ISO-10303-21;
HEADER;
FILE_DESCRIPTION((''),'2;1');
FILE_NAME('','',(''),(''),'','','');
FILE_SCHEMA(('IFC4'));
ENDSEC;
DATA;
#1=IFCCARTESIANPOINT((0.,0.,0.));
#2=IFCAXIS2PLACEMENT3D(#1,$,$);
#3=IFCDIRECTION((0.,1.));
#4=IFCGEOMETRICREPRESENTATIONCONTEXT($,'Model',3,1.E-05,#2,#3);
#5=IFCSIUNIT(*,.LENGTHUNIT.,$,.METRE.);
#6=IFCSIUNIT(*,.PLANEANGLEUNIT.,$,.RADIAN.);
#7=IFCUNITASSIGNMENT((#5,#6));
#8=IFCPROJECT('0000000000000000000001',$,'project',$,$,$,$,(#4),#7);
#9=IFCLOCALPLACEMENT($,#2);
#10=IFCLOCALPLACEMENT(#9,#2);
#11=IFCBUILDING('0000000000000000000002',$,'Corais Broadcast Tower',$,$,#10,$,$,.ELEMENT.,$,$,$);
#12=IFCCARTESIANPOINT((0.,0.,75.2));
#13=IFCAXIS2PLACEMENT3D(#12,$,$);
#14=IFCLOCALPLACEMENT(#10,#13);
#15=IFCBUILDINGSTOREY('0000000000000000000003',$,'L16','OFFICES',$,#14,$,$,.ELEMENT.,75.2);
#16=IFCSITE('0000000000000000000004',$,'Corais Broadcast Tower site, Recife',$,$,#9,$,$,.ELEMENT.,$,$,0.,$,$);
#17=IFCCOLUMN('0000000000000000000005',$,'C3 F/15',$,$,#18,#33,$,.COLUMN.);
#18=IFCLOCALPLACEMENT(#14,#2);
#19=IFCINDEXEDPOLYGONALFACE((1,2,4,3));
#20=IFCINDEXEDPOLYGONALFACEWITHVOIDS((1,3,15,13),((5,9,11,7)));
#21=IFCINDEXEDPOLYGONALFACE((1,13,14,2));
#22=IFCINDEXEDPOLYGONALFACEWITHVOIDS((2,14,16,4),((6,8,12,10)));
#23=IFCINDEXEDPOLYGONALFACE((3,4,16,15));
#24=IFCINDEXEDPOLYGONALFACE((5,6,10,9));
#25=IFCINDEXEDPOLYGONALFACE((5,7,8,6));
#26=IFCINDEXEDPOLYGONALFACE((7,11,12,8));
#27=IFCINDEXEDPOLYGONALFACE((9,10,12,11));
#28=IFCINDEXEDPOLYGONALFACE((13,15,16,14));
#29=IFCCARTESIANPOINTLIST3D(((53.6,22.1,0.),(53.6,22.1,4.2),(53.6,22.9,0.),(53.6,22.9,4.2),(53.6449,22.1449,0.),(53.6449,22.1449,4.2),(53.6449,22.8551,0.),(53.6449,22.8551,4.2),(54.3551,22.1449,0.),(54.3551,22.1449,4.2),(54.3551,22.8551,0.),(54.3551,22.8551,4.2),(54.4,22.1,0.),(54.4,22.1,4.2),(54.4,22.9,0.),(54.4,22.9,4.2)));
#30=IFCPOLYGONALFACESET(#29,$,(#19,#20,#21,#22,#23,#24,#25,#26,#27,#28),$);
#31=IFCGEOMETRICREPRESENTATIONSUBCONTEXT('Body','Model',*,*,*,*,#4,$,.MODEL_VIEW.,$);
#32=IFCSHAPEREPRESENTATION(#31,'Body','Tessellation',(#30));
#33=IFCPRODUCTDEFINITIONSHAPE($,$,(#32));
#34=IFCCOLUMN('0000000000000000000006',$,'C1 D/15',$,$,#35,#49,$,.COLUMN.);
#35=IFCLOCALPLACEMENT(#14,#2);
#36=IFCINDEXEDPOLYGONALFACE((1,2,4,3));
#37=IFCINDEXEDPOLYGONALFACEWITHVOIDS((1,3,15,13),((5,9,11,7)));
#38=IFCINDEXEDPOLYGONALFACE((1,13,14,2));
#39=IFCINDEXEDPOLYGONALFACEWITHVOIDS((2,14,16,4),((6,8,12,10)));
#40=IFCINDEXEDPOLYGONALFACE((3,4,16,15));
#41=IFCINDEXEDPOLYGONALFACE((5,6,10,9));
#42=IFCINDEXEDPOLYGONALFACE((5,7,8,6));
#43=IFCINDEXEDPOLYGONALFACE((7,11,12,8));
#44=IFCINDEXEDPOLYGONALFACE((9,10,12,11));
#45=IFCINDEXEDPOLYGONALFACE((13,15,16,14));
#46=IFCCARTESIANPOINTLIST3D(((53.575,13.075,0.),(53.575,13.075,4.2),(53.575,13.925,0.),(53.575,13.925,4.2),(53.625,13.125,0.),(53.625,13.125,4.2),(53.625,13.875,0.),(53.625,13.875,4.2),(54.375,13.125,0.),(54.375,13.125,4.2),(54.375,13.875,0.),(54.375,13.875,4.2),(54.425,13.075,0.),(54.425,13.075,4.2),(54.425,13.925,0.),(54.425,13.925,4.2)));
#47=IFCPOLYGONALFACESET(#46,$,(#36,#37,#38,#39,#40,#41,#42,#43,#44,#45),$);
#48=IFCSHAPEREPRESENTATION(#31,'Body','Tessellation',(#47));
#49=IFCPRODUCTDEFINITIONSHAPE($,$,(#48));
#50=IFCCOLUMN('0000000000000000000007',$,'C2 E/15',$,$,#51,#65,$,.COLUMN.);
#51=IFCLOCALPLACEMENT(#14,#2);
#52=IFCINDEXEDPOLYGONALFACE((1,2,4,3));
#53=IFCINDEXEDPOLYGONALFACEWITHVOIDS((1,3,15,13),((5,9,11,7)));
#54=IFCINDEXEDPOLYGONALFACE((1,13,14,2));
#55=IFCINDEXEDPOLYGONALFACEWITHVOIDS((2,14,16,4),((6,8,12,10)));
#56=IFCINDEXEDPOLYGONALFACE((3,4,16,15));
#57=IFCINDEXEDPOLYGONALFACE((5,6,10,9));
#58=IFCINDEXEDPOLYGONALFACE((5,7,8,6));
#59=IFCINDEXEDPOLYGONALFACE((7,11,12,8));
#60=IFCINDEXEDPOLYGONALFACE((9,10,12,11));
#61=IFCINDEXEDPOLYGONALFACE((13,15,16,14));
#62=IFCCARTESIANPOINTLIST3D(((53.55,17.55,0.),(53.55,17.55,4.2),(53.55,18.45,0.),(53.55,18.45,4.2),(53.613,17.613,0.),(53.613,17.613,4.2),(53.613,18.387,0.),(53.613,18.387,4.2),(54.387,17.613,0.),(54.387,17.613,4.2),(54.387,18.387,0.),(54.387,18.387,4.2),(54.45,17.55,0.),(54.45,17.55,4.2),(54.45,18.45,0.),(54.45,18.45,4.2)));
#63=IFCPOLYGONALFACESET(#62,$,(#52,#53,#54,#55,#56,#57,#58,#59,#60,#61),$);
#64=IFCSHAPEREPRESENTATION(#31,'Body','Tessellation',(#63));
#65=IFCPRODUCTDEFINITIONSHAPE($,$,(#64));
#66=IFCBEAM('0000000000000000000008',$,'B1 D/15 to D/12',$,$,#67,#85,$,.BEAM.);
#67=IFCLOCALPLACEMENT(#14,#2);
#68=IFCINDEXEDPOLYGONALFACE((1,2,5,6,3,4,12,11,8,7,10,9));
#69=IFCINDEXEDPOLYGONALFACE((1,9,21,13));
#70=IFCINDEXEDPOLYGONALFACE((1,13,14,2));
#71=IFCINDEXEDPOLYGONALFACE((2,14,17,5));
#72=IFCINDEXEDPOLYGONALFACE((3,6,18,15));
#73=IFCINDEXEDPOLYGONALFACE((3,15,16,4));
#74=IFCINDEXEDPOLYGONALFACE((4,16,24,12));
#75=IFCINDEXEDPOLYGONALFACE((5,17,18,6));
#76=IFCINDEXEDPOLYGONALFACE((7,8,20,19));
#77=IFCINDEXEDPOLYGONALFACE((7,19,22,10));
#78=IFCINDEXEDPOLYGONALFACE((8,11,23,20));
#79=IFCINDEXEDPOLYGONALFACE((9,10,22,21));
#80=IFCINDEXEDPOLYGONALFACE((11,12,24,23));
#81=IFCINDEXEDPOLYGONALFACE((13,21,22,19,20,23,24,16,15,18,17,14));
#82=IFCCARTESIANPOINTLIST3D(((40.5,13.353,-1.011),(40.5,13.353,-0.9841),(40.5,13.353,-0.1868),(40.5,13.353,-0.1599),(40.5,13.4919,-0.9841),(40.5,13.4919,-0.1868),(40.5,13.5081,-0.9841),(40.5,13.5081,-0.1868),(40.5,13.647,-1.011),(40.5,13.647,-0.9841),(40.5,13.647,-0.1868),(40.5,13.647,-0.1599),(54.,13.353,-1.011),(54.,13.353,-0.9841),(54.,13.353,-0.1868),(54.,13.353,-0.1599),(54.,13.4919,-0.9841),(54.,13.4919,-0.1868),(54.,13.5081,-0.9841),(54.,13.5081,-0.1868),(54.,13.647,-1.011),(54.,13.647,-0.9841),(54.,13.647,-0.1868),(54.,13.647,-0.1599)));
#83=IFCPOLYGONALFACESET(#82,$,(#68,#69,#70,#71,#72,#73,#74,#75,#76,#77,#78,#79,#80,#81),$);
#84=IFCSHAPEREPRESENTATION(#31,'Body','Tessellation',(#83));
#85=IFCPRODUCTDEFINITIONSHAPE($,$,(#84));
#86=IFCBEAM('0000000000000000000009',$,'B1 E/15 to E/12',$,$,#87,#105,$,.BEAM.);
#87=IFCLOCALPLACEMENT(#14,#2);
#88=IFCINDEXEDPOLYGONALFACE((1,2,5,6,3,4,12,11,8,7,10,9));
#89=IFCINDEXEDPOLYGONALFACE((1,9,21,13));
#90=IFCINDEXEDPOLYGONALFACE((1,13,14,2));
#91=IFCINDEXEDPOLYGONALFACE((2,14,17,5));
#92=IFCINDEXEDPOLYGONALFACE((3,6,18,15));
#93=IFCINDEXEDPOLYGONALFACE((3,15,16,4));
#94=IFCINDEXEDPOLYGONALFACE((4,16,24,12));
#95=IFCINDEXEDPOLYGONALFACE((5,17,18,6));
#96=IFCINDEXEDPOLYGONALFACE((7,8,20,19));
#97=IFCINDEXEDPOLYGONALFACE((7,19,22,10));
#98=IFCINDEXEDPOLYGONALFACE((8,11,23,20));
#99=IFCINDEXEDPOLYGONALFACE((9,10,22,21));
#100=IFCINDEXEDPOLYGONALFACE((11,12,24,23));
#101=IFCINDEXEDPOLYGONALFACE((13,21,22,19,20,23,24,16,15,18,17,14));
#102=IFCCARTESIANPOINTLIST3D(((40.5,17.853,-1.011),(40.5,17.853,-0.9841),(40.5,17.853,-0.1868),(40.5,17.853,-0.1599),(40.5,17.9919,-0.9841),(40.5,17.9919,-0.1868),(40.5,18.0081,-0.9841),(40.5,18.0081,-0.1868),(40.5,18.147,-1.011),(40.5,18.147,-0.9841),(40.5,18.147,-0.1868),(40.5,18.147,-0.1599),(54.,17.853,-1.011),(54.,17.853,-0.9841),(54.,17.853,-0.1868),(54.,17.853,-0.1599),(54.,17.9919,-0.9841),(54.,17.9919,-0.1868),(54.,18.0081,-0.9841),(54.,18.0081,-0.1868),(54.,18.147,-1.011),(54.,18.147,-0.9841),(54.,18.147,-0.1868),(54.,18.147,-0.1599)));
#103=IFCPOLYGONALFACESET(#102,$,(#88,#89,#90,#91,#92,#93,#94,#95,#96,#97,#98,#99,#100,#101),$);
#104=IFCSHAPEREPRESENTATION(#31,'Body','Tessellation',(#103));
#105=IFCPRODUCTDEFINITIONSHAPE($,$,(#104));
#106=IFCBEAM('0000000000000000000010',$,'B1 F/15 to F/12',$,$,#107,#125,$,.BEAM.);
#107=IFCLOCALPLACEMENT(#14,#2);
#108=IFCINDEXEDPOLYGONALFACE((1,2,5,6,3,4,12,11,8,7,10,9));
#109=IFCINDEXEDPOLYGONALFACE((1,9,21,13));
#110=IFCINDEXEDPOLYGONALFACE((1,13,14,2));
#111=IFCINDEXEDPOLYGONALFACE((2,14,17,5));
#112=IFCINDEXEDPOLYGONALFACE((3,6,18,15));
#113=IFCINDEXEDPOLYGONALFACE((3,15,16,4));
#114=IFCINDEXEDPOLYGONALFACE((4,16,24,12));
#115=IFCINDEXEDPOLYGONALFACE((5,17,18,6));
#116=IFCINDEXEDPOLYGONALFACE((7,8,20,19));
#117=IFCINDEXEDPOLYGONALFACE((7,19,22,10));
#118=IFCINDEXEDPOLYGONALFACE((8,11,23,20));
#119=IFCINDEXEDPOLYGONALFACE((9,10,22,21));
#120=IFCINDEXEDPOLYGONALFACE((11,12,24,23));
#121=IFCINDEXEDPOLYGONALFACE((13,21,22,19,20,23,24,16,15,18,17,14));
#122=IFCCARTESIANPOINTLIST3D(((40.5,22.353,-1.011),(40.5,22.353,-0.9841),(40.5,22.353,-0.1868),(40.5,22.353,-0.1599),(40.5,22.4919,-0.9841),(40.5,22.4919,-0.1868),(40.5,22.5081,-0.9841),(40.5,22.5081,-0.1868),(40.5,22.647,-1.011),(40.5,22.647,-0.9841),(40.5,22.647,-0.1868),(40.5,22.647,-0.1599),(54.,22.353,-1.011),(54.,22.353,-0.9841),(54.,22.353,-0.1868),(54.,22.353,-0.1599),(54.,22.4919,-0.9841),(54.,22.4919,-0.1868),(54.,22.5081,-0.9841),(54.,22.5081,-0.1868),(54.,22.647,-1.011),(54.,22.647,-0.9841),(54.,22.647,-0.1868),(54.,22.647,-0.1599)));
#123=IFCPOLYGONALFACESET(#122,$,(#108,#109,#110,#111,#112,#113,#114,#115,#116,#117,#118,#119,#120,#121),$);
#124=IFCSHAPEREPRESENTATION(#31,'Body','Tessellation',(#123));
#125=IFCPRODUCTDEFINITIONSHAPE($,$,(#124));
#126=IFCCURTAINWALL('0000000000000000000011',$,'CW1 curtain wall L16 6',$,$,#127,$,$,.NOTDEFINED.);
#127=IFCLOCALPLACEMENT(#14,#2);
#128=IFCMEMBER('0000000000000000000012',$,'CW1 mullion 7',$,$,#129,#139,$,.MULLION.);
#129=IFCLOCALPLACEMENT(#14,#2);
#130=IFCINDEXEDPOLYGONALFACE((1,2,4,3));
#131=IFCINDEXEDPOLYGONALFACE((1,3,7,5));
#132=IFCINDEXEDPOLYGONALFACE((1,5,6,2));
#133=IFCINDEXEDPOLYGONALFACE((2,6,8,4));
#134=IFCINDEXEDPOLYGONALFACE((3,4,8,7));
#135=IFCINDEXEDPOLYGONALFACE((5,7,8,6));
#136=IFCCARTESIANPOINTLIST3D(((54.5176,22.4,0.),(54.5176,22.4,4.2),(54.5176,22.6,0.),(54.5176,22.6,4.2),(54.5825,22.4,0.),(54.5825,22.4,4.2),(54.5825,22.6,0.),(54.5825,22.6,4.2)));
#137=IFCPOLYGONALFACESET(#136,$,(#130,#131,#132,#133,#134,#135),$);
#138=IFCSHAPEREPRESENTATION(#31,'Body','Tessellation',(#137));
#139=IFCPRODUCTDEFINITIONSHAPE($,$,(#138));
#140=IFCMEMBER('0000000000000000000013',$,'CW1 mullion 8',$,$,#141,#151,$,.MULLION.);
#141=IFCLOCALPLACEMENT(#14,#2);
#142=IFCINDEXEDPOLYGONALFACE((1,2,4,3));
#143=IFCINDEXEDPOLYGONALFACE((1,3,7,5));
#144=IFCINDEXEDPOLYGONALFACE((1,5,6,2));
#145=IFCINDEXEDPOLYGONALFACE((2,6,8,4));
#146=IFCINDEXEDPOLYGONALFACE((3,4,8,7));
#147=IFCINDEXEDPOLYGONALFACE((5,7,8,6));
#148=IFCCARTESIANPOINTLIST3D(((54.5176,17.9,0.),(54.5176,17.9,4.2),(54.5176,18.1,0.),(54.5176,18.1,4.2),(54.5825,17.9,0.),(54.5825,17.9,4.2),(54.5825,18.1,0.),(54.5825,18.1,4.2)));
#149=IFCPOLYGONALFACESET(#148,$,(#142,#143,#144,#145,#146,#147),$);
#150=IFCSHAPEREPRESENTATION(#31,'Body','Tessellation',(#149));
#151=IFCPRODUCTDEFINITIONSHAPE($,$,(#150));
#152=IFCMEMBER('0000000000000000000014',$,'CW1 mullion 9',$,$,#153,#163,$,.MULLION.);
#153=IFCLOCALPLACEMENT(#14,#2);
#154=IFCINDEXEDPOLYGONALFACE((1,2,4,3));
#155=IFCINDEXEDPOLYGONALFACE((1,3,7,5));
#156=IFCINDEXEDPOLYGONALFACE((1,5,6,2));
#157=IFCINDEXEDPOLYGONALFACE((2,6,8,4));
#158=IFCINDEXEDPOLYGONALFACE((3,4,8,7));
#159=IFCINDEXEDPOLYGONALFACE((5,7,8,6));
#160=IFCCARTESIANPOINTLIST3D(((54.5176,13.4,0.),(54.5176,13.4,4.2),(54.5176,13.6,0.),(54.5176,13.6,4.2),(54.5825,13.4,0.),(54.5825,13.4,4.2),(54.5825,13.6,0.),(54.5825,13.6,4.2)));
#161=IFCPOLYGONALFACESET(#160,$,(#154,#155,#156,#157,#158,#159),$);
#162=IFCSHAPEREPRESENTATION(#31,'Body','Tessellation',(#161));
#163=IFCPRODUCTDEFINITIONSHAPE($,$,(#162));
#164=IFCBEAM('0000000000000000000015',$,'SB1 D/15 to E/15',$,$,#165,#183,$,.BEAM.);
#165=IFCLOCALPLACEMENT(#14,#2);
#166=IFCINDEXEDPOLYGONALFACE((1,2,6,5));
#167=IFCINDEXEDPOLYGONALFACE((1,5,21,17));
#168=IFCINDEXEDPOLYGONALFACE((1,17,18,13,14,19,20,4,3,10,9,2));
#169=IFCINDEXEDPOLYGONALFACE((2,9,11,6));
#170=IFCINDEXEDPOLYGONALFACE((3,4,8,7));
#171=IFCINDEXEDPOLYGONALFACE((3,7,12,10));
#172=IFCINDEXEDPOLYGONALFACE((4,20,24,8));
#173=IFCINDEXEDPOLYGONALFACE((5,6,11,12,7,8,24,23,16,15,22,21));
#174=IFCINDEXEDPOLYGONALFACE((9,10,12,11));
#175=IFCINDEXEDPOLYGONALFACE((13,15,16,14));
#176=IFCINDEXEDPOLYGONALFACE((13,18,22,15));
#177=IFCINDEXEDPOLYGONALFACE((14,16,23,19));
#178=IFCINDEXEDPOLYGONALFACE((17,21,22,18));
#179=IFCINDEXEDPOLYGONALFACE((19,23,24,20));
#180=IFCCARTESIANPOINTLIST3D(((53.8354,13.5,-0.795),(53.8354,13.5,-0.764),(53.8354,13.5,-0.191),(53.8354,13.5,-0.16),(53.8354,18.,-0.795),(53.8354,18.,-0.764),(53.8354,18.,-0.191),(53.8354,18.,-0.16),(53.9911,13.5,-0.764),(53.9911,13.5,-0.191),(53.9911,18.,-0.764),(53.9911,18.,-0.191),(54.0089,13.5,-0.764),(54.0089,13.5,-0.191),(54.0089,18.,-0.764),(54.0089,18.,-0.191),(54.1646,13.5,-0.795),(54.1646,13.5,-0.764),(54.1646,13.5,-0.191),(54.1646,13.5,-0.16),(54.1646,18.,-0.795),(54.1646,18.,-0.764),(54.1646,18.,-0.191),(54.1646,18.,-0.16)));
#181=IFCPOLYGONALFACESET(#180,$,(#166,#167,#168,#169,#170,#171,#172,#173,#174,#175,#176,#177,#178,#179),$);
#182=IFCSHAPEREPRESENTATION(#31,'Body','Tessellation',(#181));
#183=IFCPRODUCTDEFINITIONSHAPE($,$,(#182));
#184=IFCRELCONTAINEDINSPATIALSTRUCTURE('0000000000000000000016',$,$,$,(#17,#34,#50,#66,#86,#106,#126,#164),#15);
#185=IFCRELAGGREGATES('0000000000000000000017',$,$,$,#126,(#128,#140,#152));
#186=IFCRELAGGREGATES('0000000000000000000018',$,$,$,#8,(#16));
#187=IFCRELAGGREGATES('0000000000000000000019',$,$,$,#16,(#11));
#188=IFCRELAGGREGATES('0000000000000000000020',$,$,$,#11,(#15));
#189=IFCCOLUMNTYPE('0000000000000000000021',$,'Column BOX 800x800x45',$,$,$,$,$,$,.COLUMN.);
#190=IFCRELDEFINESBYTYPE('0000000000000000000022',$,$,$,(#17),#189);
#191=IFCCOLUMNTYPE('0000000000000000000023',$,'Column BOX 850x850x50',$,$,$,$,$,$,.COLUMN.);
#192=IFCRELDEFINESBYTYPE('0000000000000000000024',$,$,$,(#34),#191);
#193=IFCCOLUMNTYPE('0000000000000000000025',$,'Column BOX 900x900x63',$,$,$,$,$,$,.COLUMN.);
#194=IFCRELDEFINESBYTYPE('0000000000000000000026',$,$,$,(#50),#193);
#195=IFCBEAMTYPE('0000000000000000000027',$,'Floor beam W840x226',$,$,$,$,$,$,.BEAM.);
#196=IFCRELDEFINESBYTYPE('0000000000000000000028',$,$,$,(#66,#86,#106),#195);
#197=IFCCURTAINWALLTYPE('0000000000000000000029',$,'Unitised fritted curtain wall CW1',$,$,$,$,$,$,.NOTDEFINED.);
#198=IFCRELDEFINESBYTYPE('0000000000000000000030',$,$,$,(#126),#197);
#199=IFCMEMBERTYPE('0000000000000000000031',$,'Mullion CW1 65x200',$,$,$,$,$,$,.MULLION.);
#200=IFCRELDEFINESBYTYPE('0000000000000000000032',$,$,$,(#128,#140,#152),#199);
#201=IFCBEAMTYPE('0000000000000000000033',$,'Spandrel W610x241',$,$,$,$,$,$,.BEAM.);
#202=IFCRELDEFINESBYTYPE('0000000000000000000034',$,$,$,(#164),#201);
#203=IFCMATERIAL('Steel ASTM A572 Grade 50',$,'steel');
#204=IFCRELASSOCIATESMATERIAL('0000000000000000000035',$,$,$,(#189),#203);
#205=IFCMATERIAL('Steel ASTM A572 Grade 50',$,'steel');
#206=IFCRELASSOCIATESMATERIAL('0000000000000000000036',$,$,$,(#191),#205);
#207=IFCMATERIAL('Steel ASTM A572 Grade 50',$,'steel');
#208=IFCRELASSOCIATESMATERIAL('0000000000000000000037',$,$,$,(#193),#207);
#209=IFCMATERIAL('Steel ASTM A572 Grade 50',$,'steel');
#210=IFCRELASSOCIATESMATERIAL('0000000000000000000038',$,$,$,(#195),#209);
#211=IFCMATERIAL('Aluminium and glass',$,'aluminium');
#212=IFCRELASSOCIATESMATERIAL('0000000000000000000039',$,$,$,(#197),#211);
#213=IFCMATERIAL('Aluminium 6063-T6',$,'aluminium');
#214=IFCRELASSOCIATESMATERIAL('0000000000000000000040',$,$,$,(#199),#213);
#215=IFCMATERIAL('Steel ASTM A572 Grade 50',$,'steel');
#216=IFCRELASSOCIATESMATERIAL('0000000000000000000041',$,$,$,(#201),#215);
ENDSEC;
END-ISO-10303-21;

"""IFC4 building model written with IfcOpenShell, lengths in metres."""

from ifc_helpers import new_model, si_unit, direction, frame, origin, origin_2d, place, context, subcontext, project, spatial, rectangle, hollow_rectangle, i_section, extrude, material, material_profile, profile_set, type_object, element, aggregate, save


model = new_model("IFC4")

# Units and contexts
model_context = context("Model", 3, precision=1e-05, world=origin(), true_north=direction((0.0, 1.0)))
body_context = subcontext(model_context, "Body", "Model", "MODEL_VIEW")
ifc_project = project(units=[si_unit("LENGTHUNIT", "METRE"), si_unit("PLANEANGLEUNIT", "RADIAN")], contexts=[model_context])

# Site, building, storey
site_placement = place(None, origin())
site = spatial("IfcSite", under=ifc_project, at=site_placement, Name="Corais Broadcast Tower site, Recife", CompositionType="ELEMENT", RefElevation=0.0)
building_placement = place(site_placement, origin())
building = spatial("IfcBuilding", under=site, at=building_placement, Name="Corais Broadcast Tower", CompositionType="ELEMENT")
storey_placement = place(building_placement, frame((0.0, 0.0, 75.2)))
storey = spatial("IfcBuildingStorey", under=building, at=storey_placement, Name="L16", Description="OFFICES", CompositionType="ELEMENT", Elevation=75.2)

# Columns
ifc_material_1 = material(Name="Steel ASTM A572 Grade 50", Category="steel")
ifc_material_profile_1 = material_profile(ifc_material_1, hollow_rectangle(XDim=0.8, YDim=0.8, WallThickness=0.0449, at=origin_2d()), Name="BOX 800x800x45")
ifc_profile_set_1 = profile_set([ifc_material_profile_1], Name="Steel ASTM A572 Grade 50")
column_type_1 = type_object("IfcColumnType", Name="Column BOX 800x800x45", PredefinedType="COLUMN", material=ifc_profile_set_1)
column_1_placement = place(storey_placement, frame((54.0, 22.5, 0.0), z_axis=(0.0, 0.0, 1.0), x_axis=(1.0, 0.0, 0.0)))
element("IfcColumn", 1, at=column_1_placement, inside=storey, type_object=column_type_1, Name="C3 F/15", PredefinedType="COLUMN", context=body_context, shape_type="SweptSolid", body=[
    extrude(hollow_rectangle(XDim=0.8, YDim=0.8, WallThickness=0.0449, at=origin_2d()), origin(), (0.0, 0.0, 1.0), 4.2),
])
ifc_material_2 = material(Name="Steel ASTM A572 Grade 50", Category="steel")
ifc_material_profile_2 = material_profile(ifc_material_2, hollow_rectangle(XDim=0.8501, YDim=0.8501, WallThickness=0.05, at=origin_2d()), Name="BOX 850x850x50")
ifc_profile_set_2 = profile_set([ifc_material_profile_2], Name="Steel ASTM A572 Grade 50")
column_type_2 = type_object("IfcColumnType", Name="Column BOX 850x850x50", PredefinedType="COLUMN", material=ifc_profile_set_2)
column_2_placement = place(storey_placement, frame((54.0, 13.5, 0.0), z_axis=(0.0, 0.0, 1.0), x_axis=(1.0, 0.0, 0.0)))
element("IfcColumn", 2, at=column_2_placement, inside=storey, type_object=column_type_2, Name="C1 D/15", PredefinedType="COLUMN", context=body_context, shape_type="SweptSolid", body=[
    extrude(hollow_rectangle(XDim=0.8501, YDim=0.8501, WallThickness=0.05, at=origin_2d()), origin(), (0.0, 0.0, 1.0), 4.2),
])
ifc_material_3 = material(Name="Steel ASTM A572 Grade 50", Category="steel")
ifc_material_profile_3 = material_profile(ifc_material_3, hollow_rectangle(XDim=0.8999, YDim=0.8999, WallThickness=0.063, at=origin_2d()), Name="BOX 900x900x63")
ifc_profile_set_3 = profile_set([ifc_material_profile_3], Name="Steel ASTM A572 Grade 50")
column_type_3 = type_object("IfcColumnType", Name="Column BOX 900x900x63", PredefinedType="COLUMN", material=ifc_profile_set_3)
column_3_placement = place(storey_placement, frame((54.0, 18.0, 0.0), z_axis=(0.0, 0.0, 1.0), x_axis=(1.0, 0.0, 0.0)))
element("IfcColumn", 3, at=column_3_placement, inside=storey, type_object=column_type_3, Name="C2 E/15", PredefinedType="COLUMN", context=body_context, shape_type="SweptSolid", body=[
    extrude(hollow_rectangle(XDim=0.8999, YDim=0.8999, WallThickness=0.063, at=origin_2d()), origin(), (0.0, 0.0, 1.0), 4.2),
])

# Beams
ifc_material_4 = material(Name="Steel ASTM A572 Grade 50", Category="steel")
ifc_material_profile_4 = material_profile(ifc_material_4, i_section(OverallWidth=0.2939, OverallDepth=0.8511, WebThickness=0.0161, FlangeThickness=0.0269, at=origin_2d()), Name="W840x226")
ifc_profile_set_4 = profile_set([ifc_material_profile_4], Name="Steel ASTM A572 Grade 50")
beam_type_1 = type_object("IfcBeamType", Name="Floor beam W840x226", PredefinedType="BEAM", material=ifc_profile_set_4)
for number, where, z_axis, x_axis, name in (
    (4, (54.0, 13.5, -0.5854), (-1.0, 0.0, 0.0), (0.0, -1.0, 0.0), "B1 D/15 to D/12"),
    (5, (54.0, 18.0, -0.5854), (-1.0, 0.0, 0.0), (0.0, -1.0, 0.0), "B1 E/15 to E/12"),
    (6, (54.0, 22.5, -0.5854), (-1.0, 0.0, 0.0), (0.0, -1.0, 0.0), "B1 F/15 to F/12"),
):
    element("IfcBeam", number, at=place(storey_placement, frame(where, z_axis=z_axis, x_axis=x_axis)), inside=storey, type_object=beam_type_1, Name=name, PredefinedType="BEAM", context=body_context, shape_type="SweptSolid", body=[
        extrude(i_section(OverallWidth=0.2939, OverallDepth=0.8511, WebThickness=0.0161, FlangeThickness=0.0269, at=origin_2d()), origin(), (0.0, 0.0, 1.0), 13.5),
    ])

# Curtain wall, members
ifc_material_5 = material(Name="Aluminium and glass", Category="aluminium")
curtain_wall_type = type_object("IfcCurtainWallType", Name="Unitised fritted curtain wall CW1", PredefinedType="NOTDEFINED", material=ifc_material_5)
curtain_wall_placement = place(storey_placement, origin())
curtain_wall = element("IfcCurtainWall", 7, at=curtain_wall_placement, inside=storey, type_object=curtain_wall_type, Name="CW1 curtain wall L16 6", PredefinedType="NOTDEFINED")
ifc_material_6 = material(Name="Aluminium 6063-T6", Category="aluminium")
ifc_material_profile_5 = material_profile(ifc_material_6, rectangle(XDim=0.0649, YDim=0.2, at=origin_2d()), Name="Mullion CW1 65x200")
ifc_profile_set_5 = profile_set([ifc_material_profile_5], Name="Aluminium 6063-T6")
member_type_1 = type_object("IfcMemberType", Name="Mullion CW1 65x200", PredefinedType="MULLION", material=ifc_profile_set_5)
member_1_placement = place(storey_placement, frame((54.55, 22.5, 0.0), z_axis=(0.0, 0.0, 1.0), x_axis=(1.0, 0.0, 0.0)))
member_1 = element("IfcMember", 8, at=member_1_placement, type_object=member_type_1, Name="CW1 mullion 7", PredefinedType="MULLION", context=body_context, shape_type="SweptSolid", body=[
    extrude(rectangle(XDim=0.0649, YDim=0.2, at=origin_2d()), origin(), (0.0, 0.0, 1.0), 4.2),
])
member_2_placement = place(storey_placement, frame((54.55, 18.0, 0.0), z_axis=(0.0, 0.0, 1.0), x_axis=(1.0, 0.0, 0.0)))
member_2 = element("IfcMember", 9, at=member_2_placement, type_object=member_type_1, Name="CW1 mullion 8", PredefinedType="MULLION", context=body_context, shape_type="SweptSolid", body=[
    extrude(rectangle(XDim=0.0649, YDim=0.2, at=origin_2d()), origin(), (0.0, 0.0, 1.0), 4.2),
])
member_3_placement = place(storey_placement, frame((54.55, 13.5, 0.0), z_axis=(0.0, 0.0, 1.0), x_axis=(1.0, 0.0, 0.0)))
member_3 = element("IfcMember", 10, at=member_3_placement, type_object=member_type_1, Name="CW1 mullion 9", PredefinedType="MULLION", context=body_context, shape_type="SweptSolid", body=[
    extrude(rectangle(XDim=0.0649, YDim=0.2, at=origin_2d()), origin(), (0.0, 0.0, 1.0), 4.2),
])

# Beam
ifc_material_7 = material(Name="Steel ASTM A572 Grade 50", Category="steel")
ifc_material_profile_6 = material_profile(ifc_material_7, i_section(OverallWidth=0.3291, OverallDepth=0.635, WebThickness=0.0178, FlangeThickness=0.031, at=origin_2d()), Name="W610x241")
ifc_profile_set_6 = profile_set([ifc_material_profile_6], Name="Steel ASTM A572 Grade 50")
beam_type_2 = type_object("IfcBeamType", Name="Spandrel W610x241", PredefinedType="BEAM", material=ifc_profile_set_6)
for number, where, z_axis, x_axis, name in (
    (11, (54.0, 13.5, -0.4775), (0.0, 1.0, 0.0), (-1.0, 0.0, 0.0), "SB1 D/15 to E/15"),
):
    element("IfcBeam", number, at=place(storey_placement, frame(where, z_axis=z_axis, x_axis=x_axis)), inside=storey, type_object=beam_type_2, Name=name, PredefinedType="BEAM", context=body_context, shape_type="SweptSolid", body=[
        extrude(i_section(OverallWidth=0.3291, OverallDepth=0.635, WebThickness=0.0178, FlangeThickness=0.031, at=origin_2d()), origin(), (0.0, 0.0, 1.0), 4.5),
    ])

aggregate(curtain_wall, [member_1, member_2, member_3])

save(model, "model.ifc")
